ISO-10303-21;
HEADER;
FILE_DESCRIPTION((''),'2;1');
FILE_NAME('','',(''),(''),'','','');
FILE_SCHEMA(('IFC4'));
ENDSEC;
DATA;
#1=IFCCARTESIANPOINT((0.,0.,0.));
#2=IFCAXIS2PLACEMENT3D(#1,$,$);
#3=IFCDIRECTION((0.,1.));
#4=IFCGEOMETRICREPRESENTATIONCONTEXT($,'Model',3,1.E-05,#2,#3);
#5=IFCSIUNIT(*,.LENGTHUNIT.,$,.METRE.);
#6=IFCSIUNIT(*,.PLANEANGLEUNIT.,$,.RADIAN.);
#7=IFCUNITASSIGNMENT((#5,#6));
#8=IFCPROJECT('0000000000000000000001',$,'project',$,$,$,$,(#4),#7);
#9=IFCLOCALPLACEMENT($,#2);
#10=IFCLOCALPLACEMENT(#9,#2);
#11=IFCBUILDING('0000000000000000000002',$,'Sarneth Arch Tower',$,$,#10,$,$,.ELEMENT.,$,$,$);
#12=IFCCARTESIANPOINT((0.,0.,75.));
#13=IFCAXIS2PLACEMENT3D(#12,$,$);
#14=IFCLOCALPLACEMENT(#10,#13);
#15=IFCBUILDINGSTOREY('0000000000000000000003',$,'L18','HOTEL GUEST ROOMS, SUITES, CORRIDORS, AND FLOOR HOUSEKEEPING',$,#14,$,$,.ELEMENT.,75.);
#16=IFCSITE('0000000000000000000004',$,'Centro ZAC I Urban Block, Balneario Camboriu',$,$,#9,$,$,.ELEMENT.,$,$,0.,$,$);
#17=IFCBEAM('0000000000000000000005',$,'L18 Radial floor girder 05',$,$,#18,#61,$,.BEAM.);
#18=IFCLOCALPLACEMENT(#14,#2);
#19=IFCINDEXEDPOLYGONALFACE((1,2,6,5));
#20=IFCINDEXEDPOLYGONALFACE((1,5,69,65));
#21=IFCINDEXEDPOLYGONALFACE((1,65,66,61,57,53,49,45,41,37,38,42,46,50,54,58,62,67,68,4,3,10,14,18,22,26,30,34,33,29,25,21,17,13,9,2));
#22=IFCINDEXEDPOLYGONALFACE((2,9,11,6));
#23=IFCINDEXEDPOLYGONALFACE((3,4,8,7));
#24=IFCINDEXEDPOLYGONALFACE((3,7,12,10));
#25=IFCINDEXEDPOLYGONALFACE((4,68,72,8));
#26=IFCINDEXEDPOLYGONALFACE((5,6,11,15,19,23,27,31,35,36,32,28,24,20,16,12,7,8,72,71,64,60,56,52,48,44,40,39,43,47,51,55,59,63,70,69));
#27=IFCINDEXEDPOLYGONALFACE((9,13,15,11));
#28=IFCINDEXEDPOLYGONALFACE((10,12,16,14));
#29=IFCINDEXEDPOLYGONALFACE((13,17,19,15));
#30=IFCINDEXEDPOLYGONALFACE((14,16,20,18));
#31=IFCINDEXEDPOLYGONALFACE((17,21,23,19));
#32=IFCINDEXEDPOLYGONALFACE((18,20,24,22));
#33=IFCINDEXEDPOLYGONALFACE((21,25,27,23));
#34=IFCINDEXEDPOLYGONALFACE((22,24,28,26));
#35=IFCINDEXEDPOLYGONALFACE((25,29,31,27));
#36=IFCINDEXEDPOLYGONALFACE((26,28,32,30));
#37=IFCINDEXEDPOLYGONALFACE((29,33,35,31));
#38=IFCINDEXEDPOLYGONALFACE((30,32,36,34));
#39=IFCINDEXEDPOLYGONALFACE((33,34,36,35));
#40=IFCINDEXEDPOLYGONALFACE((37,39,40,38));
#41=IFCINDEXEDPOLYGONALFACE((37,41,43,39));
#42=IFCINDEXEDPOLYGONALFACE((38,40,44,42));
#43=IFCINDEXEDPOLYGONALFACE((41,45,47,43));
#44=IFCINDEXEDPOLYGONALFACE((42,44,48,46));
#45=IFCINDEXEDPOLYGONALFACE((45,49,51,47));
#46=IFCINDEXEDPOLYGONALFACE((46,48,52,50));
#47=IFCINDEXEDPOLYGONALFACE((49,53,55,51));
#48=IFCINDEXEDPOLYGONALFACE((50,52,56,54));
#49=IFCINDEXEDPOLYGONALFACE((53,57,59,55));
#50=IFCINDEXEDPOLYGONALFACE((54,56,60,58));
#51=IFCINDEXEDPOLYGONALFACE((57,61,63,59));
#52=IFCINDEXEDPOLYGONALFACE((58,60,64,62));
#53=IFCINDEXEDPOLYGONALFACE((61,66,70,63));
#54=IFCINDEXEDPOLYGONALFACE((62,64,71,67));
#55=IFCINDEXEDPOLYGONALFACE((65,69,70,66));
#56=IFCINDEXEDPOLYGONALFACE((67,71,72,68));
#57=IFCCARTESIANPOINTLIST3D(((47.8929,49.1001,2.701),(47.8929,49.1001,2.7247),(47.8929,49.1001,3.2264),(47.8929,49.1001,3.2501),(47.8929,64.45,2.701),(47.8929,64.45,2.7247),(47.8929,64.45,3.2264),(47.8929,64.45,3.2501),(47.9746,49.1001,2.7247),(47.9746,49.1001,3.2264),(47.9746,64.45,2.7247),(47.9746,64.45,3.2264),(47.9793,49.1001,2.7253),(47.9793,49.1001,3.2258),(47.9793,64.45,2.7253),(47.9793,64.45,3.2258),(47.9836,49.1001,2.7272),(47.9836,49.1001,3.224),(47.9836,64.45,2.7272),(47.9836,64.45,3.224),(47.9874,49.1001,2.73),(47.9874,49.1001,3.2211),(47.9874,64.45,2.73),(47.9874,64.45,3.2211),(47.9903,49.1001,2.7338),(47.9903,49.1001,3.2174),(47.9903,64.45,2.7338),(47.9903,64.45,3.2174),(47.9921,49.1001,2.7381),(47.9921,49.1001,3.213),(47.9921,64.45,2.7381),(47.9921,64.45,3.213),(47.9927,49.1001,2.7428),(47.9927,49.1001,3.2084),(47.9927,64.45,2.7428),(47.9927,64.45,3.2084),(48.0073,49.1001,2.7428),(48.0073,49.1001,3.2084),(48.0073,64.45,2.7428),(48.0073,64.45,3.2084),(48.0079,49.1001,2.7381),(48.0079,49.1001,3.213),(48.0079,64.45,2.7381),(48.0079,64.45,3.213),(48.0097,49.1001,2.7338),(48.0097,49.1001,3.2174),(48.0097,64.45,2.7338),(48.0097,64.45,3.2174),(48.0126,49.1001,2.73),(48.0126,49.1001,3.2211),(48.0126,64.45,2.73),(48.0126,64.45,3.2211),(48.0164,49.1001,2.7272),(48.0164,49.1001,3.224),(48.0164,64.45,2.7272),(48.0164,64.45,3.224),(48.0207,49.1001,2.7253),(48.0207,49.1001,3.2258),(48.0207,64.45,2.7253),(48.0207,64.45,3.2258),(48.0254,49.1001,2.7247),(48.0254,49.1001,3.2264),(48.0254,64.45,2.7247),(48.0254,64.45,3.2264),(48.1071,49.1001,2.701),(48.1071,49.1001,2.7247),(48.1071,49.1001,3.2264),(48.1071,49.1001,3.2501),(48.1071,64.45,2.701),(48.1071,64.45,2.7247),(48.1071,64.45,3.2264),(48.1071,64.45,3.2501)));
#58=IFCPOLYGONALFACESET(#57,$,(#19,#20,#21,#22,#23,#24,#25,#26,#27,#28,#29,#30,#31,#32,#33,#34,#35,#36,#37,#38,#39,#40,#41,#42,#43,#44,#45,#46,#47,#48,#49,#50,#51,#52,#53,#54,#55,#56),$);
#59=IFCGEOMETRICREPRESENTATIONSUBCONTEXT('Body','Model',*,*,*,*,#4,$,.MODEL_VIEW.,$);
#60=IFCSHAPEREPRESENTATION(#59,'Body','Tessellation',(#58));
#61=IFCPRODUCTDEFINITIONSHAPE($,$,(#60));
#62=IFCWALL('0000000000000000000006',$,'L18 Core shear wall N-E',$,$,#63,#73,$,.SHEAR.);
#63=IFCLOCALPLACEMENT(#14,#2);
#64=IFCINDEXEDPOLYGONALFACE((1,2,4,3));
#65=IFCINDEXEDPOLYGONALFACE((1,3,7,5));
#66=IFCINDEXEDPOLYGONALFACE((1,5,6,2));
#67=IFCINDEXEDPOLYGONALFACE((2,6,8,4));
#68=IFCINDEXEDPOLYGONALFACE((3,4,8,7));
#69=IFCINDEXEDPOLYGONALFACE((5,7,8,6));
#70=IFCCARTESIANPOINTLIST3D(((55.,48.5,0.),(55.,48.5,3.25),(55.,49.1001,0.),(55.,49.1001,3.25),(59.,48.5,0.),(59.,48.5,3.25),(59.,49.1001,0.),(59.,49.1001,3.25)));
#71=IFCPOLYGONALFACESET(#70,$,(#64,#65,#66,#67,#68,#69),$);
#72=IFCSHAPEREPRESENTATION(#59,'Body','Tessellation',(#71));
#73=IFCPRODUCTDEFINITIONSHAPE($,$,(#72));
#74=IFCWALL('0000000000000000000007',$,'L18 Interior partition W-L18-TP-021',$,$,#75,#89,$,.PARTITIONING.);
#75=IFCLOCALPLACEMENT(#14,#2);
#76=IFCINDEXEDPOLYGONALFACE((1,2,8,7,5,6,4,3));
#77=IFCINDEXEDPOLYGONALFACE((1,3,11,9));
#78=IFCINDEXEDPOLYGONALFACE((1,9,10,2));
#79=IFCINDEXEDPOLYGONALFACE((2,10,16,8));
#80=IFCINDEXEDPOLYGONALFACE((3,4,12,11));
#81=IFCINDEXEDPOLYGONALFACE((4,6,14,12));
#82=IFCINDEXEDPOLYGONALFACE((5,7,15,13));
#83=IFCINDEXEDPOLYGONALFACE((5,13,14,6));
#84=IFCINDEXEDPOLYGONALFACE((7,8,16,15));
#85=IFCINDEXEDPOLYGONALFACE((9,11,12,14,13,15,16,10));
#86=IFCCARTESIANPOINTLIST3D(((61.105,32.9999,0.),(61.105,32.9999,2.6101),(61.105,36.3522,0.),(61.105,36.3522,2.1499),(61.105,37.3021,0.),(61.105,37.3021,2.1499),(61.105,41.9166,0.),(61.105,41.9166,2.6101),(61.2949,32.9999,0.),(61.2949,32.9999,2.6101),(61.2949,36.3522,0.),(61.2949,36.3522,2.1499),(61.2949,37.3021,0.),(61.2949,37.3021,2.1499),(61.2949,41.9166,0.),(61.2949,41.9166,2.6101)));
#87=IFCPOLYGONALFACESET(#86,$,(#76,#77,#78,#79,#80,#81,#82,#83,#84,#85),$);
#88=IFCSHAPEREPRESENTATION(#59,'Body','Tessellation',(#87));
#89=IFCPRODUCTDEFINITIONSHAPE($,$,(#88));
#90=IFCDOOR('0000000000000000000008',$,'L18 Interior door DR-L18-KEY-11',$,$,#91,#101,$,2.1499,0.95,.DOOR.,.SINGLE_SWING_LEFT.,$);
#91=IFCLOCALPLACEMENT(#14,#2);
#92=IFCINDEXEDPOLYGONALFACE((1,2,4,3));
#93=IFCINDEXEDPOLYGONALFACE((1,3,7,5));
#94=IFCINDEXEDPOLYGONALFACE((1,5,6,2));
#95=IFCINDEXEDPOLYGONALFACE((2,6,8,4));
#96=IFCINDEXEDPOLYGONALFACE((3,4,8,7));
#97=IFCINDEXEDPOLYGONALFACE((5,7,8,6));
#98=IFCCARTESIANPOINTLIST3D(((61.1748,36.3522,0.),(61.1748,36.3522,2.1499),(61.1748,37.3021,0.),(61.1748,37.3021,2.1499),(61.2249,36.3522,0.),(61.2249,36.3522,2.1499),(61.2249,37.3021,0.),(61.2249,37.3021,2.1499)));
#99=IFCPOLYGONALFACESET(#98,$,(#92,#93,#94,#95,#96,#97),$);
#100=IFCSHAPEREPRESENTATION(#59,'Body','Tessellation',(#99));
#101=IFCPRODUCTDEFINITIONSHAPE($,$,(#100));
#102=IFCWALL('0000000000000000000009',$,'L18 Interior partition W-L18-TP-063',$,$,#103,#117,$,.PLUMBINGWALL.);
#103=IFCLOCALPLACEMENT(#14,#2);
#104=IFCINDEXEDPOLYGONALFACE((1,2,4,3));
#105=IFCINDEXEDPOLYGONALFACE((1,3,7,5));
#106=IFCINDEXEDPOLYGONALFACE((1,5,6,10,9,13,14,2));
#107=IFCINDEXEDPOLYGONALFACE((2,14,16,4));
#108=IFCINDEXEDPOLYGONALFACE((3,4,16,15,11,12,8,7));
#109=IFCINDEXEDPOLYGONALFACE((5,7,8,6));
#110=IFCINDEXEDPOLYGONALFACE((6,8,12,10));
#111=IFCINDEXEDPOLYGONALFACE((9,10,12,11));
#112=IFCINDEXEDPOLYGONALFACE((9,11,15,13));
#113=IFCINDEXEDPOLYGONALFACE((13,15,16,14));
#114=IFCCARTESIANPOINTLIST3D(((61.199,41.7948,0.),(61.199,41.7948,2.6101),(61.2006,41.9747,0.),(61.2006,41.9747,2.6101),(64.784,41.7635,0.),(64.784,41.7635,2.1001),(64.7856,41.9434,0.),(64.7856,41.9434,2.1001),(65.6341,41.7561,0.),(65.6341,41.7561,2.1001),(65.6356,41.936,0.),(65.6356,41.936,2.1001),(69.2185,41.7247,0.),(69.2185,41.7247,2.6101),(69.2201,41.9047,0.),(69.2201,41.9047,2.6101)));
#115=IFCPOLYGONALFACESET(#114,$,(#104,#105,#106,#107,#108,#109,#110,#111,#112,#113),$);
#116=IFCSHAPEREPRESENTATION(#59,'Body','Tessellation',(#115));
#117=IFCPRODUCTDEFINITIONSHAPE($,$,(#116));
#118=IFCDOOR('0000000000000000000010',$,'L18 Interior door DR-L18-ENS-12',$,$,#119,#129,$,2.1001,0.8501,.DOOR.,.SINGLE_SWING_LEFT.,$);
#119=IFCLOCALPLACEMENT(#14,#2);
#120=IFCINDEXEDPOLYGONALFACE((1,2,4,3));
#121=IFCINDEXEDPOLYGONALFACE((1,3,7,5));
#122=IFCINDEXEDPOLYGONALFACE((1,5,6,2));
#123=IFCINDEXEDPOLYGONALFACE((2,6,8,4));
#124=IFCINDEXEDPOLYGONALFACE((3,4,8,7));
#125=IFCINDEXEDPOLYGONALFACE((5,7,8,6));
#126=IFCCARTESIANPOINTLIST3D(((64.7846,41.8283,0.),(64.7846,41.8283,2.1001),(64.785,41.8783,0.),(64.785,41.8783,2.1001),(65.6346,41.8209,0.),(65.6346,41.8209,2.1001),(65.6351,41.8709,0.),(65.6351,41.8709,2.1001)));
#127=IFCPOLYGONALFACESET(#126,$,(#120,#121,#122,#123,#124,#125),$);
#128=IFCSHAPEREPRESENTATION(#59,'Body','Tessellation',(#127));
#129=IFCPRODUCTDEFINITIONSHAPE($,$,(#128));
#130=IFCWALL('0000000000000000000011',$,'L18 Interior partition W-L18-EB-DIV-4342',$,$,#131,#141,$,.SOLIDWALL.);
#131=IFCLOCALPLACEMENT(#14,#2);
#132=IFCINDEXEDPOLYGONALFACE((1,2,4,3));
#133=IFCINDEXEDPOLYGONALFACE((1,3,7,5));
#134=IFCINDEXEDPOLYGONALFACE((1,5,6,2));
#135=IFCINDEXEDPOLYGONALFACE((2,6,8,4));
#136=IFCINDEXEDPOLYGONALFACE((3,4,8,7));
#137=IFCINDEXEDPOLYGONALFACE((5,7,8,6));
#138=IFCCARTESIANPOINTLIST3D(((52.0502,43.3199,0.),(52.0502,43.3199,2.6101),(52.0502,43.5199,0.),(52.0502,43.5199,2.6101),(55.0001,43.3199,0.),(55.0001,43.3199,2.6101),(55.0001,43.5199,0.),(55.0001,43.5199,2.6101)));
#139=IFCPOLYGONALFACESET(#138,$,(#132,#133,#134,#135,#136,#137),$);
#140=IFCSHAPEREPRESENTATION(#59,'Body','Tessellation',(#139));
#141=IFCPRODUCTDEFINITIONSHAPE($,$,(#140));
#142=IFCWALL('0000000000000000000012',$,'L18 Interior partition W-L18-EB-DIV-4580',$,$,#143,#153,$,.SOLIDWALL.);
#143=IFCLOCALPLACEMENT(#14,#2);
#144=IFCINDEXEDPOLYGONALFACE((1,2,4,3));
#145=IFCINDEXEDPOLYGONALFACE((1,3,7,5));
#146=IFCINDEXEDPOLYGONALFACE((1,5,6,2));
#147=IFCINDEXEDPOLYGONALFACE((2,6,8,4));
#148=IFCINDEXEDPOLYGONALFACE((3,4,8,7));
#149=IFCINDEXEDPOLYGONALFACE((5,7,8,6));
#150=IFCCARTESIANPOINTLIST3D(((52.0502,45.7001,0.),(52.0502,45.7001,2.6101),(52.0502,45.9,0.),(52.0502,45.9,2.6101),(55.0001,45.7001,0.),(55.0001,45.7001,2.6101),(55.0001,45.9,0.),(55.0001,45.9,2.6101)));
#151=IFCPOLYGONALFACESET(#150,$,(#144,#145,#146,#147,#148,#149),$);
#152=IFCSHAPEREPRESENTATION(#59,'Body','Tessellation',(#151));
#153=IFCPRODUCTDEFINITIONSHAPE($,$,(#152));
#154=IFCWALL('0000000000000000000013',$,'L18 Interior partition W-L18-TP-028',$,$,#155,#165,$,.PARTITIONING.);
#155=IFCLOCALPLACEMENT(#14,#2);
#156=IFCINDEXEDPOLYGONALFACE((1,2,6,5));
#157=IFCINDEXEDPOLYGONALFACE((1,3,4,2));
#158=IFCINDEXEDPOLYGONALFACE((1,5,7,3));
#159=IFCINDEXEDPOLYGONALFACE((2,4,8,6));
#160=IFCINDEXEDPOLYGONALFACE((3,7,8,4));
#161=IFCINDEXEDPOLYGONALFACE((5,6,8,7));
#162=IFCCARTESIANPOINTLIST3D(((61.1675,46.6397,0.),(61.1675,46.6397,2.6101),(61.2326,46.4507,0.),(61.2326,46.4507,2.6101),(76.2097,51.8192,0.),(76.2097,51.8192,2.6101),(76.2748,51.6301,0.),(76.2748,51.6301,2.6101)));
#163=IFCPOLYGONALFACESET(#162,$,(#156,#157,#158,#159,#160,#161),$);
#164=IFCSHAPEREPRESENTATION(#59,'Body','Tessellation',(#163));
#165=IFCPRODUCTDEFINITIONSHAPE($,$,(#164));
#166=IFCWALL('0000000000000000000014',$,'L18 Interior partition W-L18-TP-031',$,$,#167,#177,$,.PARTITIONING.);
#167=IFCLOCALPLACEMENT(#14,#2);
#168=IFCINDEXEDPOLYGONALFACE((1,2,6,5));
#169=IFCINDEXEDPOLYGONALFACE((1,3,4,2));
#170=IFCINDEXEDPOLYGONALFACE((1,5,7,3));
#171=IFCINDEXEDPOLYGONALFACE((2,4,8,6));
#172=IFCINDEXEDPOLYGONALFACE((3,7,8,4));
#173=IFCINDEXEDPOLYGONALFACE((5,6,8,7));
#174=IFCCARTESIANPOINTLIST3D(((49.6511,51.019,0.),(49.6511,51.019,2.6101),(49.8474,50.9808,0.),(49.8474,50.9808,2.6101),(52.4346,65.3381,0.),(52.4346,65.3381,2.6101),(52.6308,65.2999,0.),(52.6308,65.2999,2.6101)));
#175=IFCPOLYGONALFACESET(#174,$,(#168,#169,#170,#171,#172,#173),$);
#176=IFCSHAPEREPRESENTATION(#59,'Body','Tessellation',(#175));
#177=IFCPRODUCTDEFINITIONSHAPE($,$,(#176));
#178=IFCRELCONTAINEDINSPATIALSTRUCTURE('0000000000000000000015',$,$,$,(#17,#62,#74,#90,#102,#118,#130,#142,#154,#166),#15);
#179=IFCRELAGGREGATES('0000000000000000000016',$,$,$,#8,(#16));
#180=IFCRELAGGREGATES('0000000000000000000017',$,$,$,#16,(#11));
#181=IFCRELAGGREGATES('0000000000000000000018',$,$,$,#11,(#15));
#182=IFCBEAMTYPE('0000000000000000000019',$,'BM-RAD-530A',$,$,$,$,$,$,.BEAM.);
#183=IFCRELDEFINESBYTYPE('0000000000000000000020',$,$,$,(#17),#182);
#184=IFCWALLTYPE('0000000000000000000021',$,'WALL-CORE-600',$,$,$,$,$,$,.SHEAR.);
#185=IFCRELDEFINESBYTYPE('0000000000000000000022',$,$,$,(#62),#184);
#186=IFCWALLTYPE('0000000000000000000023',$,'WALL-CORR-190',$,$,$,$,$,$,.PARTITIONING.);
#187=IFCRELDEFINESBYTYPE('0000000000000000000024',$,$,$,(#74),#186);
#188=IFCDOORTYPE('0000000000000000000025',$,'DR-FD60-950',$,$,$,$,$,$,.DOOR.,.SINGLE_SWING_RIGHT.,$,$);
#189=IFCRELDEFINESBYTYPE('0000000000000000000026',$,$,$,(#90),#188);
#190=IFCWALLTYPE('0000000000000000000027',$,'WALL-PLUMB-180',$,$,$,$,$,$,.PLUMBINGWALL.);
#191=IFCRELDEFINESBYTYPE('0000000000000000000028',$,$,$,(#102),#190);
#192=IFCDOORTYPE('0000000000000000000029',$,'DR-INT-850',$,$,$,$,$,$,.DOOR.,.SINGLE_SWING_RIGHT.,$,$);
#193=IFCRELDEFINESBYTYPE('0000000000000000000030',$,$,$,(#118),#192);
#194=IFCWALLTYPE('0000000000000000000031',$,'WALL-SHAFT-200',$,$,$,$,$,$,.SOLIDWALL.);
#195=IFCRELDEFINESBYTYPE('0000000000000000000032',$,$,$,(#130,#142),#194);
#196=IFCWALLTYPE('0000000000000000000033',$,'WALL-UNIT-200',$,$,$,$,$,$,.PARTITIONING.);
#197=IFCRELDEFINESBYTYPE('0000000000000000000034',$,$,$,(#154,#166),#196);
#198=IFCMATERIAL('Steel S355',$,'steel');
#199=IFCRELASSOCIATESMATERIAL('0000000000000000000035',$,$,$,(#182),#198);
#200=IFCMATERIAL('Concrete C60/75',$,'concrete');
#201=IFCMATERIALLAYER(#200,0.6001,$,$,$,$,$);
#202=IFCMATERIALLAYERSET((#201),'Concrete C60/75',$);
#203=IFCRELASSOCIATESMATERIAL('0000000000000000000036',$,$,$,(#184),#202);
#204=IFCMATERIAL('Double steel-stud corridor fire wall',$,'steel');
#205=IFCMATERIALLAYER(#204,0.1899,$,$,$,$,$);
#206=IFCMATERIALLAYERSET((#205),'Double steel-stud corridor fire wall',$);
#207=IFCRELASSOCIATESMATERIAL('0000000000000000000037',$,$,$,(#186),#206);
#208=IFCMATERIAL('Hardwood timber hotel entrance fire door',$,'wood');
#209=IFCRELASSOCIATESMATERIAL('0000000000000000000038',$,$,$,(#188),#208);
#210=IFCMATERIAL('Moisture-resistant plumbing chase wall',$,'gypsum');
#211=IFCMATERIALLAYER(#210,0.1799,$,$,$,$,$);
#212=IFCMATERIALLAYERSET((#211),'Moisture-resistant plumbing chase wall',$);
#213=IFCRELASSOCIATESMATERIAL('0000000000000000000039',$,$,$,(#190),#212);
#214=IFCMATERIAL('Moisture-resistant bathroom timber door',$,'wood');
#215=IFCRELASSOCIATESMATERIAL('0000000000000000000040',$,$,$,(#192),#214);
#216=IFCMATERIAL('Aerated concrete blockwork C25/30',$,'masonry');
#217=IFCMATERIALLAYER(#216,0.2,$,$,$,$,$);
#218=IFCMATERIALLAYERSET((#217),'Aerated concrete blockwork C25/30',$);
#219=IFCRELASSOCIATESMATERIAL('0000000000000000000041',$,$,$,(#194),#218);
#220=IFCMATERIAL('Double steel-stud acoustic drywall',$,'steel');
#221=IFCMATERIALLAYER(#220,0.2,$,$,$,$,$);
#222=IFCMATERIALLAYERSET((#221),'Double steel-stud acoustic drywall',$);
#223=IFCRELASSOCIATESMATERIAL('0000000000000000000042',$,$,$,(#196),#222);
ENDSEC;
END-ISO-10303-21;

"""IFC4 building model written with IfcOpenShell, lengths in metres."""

from ifc_helpers import new_model, si_unit, direction, frame, frame_2d, origin, origin_2d, place, context, subcontext, project, spatial, rectangle, i_section, extrude, material, layer, layer_set, material_profile, profile_set, type_object, element, fill, save


model = new_model("IFC4")

# Units and contexts
model_context = context("Model", 3, precision=1e-05, world=origin(), true_north=direction((0.0, 1.0)))
body_context = subcontext(model_context, "Body", "Model", "MODEL_VIEW")
ifc_project = project(units=[si_unit("LENGTHUNIT", "METRE"), si_unit("PLANEANGLEUNIT", "RADIAN")], contexts=[model_context])

# Site, building, storey
site_placement = place(None, origin())
site = spatial("IfcSite", under=ifc_project, at=site_placement, Name="Centro ZAC I Urban Block, Balneario Camboriu", CompositionType="ELEMENT", RefElevation=0.0)
building_placement = place(site_placement, origin())
building = spatial("IfcBuilding", under=site, at=building_placement, Name="Sarneth Arch Tower", CompositionType="ELEMENT")
storey_placement = place(building_placement, frame((0.0, 0.0, 75.0)))
storey = spatial("IfcBuildingStorey", under=building, at=storey_placement, Name="L18", Description="HOTEL GUEST ROOMS, SUITES, CORRIDORS, AND FLOOR HOUSEKEEPING", CompositionType="ELEMENT", Elevation=75.0)

# Beam
ifc_material_1 = material(Name="Steel S355", Category="steel")
ifc_material_profile = material_profile(ifc_material_1, i_section(OverallWidth=0.2141, OverallDepth=0.5491, WebThickness=0.0146, FlangeThickness=0.0237, FilletRadius=0.0181, at=origin_2d()), Name="W530x138")
ifc_profile_set = profile_set([ifc_material_profile], Name="Steel S355")
beam_type = type_object("IfcBeamType", Name="BM-RAD-530A", PredefinedType="BEAM", material=ifc_profile_set)
beam_1_placement = place(storey_placement, frame((48.0, 49.1001, 2.9756), z_axis=(0.0, 1.0, 0.0), x_axis=(-1.0, 0.0, 0.0)))
element("IfcBeam", 1, at=beam_1_placement, inside=storey, type_object=beam_type, Name="L18 Radial floor girder 05", PredefinedType="BEAM", context=body_context, shape_type="SweptSolid", body=[
    extrude(i_section(OverallWidth=0.2141, OverallDepth=0.5491, WebThickness=0.0146, FlangeThickness=0.0237, FilletRadius=0.0181, at=origin_2d()), origin(), (0.0, 0.0, 1.0), 15.3499),
])

# Wall
ifc_material_2 = material(Name="Concrete C60/75", Category="concrete")
ifc_layer_1 = layer(ifc_material_2, 0.6001)
ifc_layer_set_1 = layer_set([ifc_layer_1], Name="Concrete C60/75")
wall_type_1 = type_object("IfcWallType", Name="WALL-CORE-600", PredefinedType="SHEAR", material=ifc_layer_set_1)
wall_1_placement = place(storey_placement, frame((55.0, 48.8, 0.0), z_axis=(0.0, 0.0, 1.0), x_axis=(1.0, 0.0, 0.0)))
element("IfcWall", 2, at=wall_1_placement, inside=storey, type_object=wall_type_1, Name="L18 Core shear wall N-E", PredefinedType="SHEAR", context=body_context, shape_type="SweptSolid", body=[
    extrude(rectangle(XDim=4.0, YDim=0.6001, at=frame_2d((2.0, 0.0))), origin(), (0.0, 0.0, 1.0), 3.25),
])

# Walls, openings, doors
ifc_material_3 = material(Name="Double steel-stud corridor fire wall", Category="steel")
ifc_layer_2 = layer(ifc_material_3, 0.1899)
ifc_layer_set_2 = layer_set([ifc_layer_2], Name="Double steel-stud corridor fire wall")
wall_type_2 = type_object("IfcWallType", Name="WALL-CORR-190", PredefinedType="PARTITIONING", material=ifc_layer_set_2)
wall_2_placement = place(storey_placement, frame((61.2, 41.9167, 0.0), z_axis=(0.0, 0.0, 1.0), x_axis=(0.0, -1.0, 0.0)))
wall_2 = element("IfcWall", 3, at=wall_2_placement, inside=storey, type_object=wall_type_2, Name="L18 Interior partition W-L18-TP-021", PredefinedType="PARTITIONING", context=body_context, shape_type="SweptSolid", body=[
    extrude(rectangle(XDim=8.9167, YDim=0.1899, at=frame_2d((4.4585, 0.0))), origin(), (0.0, 0.0, 1.0), 2.6101),
])
opening_1_placement = place(wall_2_placement, frame((4.6145, 0.0, 0.0)))
opening_1 = element("IfcOpeningElement", 4, at=opening_1_placement, cuts=wall_2, PredefinedType="OPENING", context=body_context, shape_type="SweptSolid", body=[
    extrude(rectangle(XDim=0.95, YDim=2.1499, at=frame_2d((0.4751, 1.075))), frame((0.0, 0.105, 0.0), z_axis=(0.0, -1.0, 0.0), x_axis=(1.0, 0.0, 0.0)), (0.0, 0.0, 1.0), 0.21),
])
ifc_material_4 = material(Name="Hardwood timber hotel entrance fire door", Category="wood")
door_type_1 = type_object("IfcDoorType", Name="DR-FD60-950", OperationType="SINGLE_SWING_RIGHT", PredefinedType="DOOR", material=ifc_material_4)
door_1_placement = place(opening_1_placement, origin())
door_1 = element("IfcDoor", 5, at=door_1_placement, inside=storey, type_object=door_type_1, Name="L18 Interior door DR-L18-KEY-11", OperationType="SINGLE_SWING_LEFT", OverallHeight=2.1499, OverallWidth=0.95, PredefinedType="DOOR", context=body_context, shape_type="SweptSolid", body=[
    extrude(rectangle(XDim=0.95, YDim=2.1499, at=frame_2d((0.4751, 1.075))), frame((0.0, 0.0249, 0.0), z_axis=(0.0, -1.0, 0.0), x_axis=(1.0, 0.0, 0.0)), (0.0, 0.0, 1.0), 0.05),
])
fill(opening_1, door_1)
ifc_material_5 = material(Name="Moisture-resistant plumbing chase wall", Category="gypsum")
ifc_layer_3 = layer(ifc_material_5, 0.1799)
ifc_layer_set_3 = layer_set([ifc_layer_3], Name="Moisture-resistant plumbing chase wall")
wall_type_3 = type_object("IfcWallType", Name="WALL-PLUMB-180", PredefinedType="PLUMBINGWALL", material=ifc_layer_set_3)
wall_3_placement = place(storey_placement, frame((61.2, 41.8848, 0.0), z_axis=(0.0, 0.0, 1.0), x_axis=(0.999962, -0.008737, 0.0)))
wall_3 = element("IfcWall", 6, at=wall_3_placement, inside=storey, type_object=wall_type_3, Name="L18 Interior partition W-L18-TP-063", PredefinedType="PLUMBINGWALL", context=body_context, shape_type="SweptSolid", body=[
    extrude(rectangle(XDim=8.0198, YDim=0.1799, at=frame_2d((4.0098, 0.0))), origin(), (0.0, 0.0, 1.0), 2.6101),
])
opening_2_placement = place(wall_3_placement, frame((3.585, 0.0, 0.0)))
opening_2 = element("IfcOpeningElement", 7, at=opening_2_placement, cuts=wall_3, PredefinedType="OPENING", context=body_context, shape_type="SweptSolid", body=[
    extrude(rectangle(XDim=0.8501, YDim=2.1001, at=frame_2d((0.425, 1.05))), frame((0.0, 0.0999, 0.0), z_axis=(0.0, -1.0, 0.0), x_axis=(1.0, 0.0, 0.0)), (0.0, 0.0, 1.0), 0.2),
])
ifc_material_6 = material(Name="Moisture-resistant bathroom timber door", Category="wood")
door_type_2 = type_object("IfcDoorType", Name="DR-INT-850", OperationType="SINGLE_SWING_RIGHT", PredefinedType="DOOR", material=ifc_material_6)
door_2_placement = place(opening_2_placement, origin())
door_2 = element("IfcDoor", 8, at=door_2_placement, inside=storey, type_object=door_type_2, Name="L18 Interior door DR-L18-ENS-12", OperationType="SINGLE_SWING_LEFT", OverallHeight=2.1001, OverallWidth=0.8501, PredefinedType="DOOR", context=body_context, shape_type="SweptSolid", body=[
    extrude(rectangle(XDim=0.8501, YDim=2.1001, at=frame_2d((0.425, 1.05))), frame((0.0, 0.0249, 0.0), z_axis=(0.0, -1.0, 0.0), x_axis=(1.0, 0.0, 0.0)), (0.0, 0.0, 1.0), 0.05),
])
fill(opening_2, door_2)

# Walls
ifc_material_7 = material(Name="Aerated concrete blockwork C25/30", Category="masonry")
ifc_layer_4 = layer(ifc_material_7, 0.2)
ifc_layer_set_4 = layer_set([ifc_layer_4], Name="Aerated concrete blockwork C25/30")
wall_type_4 = type_object("IfcWallType", Name="WALL-SHAFT-200", PredefinedType="SOLIDWALL", material=ifc_layer_set_4)
for number, where, z_axis, x_axis, name in (
    (9, (52.05, 43.4199, 0.0), (0.0, 0.0, 1.0), (1.0, 0.0, 0.0), "L18 Interior partition W-L18-EB-DIV-4342"),
    (10, (52.05, 45.8, 0.0), (0.0, 0.0, 1.0), (1.0, 0.0, 0.0), "L18 Interior partition W-L18-EB-DIV-4580"),
):
    element("IfcWall", number, at=place(storey_placement, frame(where, z_axis=z_axis, x_axis=x_axis)), inside=storey, type_object=wall_type_4, Name=name, PredefinedType="SOLIDWALL", context=body_context, shape_type="SweptSolid", body=[
        extrude(rectangle(XDim=2.95, YDim=0.2, at=frame_2d((1.4751, 0.0))), origin(), (0.0, 0.0, 1.0), 2.6101),
    ])
ifc_material_8 = material(Name="Double steel-stud acoustic drywall", Category="steel")
ifc_layer_5 = layer(ifc_material_8, 0.2)
ifc_layer_set_5 = layer_set([ifc_layer_5], Name="Double steel-stud acoustic drywall")
wall_type_5 = type_object("IfcWallType", Name="WALL-UNIT-200", PredefinedType="PARTITIONING", material=ifc_layer_set_5)
wall_4_placement = place(storey_placement, frame((61.2, 46.5452, 0.0), z_axis=(0.0, 0.0, 1.0), x_axis=(0.945519, 0.325567, 0.0)))
element("IfcWall", 11, at=wall_4_placement, inside=storey, type_object=wall_type_5, Name="L18 Interior partition W-L18-TP-028", PredefinedType="PARTITIONING", context=body_context, shape_type="SweptSolid", body=[
    extrude(rectangle(XDim=15.9089, YDim=0.2, at=frame_2d((7.9546, 0.0))), origin(), (0.0, 0.0, 1.0), 2.6101),
])
wall_5_placement = place(storey_placement, frame((49.7493, 51.0, 0.0), z_axis=(0.0, 0.0, 1.0), x_axis=(0.190815, 0.981626, 0.0)))
element("IfcWall", 12, at=wall_5_placement, inside=storey, type_object=wall_type_5, Name="L18 Interior partition W-L18-TP-031", PredefinedType="PARTITIONING", context=body_context, shape_type="SweptSolid", body=[
    extrude(rectangle(XDim=14.5872, YDim=0.2, at=frame_2d((7.2935, 0.0))), origin(), (0.0, 0.0, 1.0), 2.6101),
])

save(model, "model.ifc")
